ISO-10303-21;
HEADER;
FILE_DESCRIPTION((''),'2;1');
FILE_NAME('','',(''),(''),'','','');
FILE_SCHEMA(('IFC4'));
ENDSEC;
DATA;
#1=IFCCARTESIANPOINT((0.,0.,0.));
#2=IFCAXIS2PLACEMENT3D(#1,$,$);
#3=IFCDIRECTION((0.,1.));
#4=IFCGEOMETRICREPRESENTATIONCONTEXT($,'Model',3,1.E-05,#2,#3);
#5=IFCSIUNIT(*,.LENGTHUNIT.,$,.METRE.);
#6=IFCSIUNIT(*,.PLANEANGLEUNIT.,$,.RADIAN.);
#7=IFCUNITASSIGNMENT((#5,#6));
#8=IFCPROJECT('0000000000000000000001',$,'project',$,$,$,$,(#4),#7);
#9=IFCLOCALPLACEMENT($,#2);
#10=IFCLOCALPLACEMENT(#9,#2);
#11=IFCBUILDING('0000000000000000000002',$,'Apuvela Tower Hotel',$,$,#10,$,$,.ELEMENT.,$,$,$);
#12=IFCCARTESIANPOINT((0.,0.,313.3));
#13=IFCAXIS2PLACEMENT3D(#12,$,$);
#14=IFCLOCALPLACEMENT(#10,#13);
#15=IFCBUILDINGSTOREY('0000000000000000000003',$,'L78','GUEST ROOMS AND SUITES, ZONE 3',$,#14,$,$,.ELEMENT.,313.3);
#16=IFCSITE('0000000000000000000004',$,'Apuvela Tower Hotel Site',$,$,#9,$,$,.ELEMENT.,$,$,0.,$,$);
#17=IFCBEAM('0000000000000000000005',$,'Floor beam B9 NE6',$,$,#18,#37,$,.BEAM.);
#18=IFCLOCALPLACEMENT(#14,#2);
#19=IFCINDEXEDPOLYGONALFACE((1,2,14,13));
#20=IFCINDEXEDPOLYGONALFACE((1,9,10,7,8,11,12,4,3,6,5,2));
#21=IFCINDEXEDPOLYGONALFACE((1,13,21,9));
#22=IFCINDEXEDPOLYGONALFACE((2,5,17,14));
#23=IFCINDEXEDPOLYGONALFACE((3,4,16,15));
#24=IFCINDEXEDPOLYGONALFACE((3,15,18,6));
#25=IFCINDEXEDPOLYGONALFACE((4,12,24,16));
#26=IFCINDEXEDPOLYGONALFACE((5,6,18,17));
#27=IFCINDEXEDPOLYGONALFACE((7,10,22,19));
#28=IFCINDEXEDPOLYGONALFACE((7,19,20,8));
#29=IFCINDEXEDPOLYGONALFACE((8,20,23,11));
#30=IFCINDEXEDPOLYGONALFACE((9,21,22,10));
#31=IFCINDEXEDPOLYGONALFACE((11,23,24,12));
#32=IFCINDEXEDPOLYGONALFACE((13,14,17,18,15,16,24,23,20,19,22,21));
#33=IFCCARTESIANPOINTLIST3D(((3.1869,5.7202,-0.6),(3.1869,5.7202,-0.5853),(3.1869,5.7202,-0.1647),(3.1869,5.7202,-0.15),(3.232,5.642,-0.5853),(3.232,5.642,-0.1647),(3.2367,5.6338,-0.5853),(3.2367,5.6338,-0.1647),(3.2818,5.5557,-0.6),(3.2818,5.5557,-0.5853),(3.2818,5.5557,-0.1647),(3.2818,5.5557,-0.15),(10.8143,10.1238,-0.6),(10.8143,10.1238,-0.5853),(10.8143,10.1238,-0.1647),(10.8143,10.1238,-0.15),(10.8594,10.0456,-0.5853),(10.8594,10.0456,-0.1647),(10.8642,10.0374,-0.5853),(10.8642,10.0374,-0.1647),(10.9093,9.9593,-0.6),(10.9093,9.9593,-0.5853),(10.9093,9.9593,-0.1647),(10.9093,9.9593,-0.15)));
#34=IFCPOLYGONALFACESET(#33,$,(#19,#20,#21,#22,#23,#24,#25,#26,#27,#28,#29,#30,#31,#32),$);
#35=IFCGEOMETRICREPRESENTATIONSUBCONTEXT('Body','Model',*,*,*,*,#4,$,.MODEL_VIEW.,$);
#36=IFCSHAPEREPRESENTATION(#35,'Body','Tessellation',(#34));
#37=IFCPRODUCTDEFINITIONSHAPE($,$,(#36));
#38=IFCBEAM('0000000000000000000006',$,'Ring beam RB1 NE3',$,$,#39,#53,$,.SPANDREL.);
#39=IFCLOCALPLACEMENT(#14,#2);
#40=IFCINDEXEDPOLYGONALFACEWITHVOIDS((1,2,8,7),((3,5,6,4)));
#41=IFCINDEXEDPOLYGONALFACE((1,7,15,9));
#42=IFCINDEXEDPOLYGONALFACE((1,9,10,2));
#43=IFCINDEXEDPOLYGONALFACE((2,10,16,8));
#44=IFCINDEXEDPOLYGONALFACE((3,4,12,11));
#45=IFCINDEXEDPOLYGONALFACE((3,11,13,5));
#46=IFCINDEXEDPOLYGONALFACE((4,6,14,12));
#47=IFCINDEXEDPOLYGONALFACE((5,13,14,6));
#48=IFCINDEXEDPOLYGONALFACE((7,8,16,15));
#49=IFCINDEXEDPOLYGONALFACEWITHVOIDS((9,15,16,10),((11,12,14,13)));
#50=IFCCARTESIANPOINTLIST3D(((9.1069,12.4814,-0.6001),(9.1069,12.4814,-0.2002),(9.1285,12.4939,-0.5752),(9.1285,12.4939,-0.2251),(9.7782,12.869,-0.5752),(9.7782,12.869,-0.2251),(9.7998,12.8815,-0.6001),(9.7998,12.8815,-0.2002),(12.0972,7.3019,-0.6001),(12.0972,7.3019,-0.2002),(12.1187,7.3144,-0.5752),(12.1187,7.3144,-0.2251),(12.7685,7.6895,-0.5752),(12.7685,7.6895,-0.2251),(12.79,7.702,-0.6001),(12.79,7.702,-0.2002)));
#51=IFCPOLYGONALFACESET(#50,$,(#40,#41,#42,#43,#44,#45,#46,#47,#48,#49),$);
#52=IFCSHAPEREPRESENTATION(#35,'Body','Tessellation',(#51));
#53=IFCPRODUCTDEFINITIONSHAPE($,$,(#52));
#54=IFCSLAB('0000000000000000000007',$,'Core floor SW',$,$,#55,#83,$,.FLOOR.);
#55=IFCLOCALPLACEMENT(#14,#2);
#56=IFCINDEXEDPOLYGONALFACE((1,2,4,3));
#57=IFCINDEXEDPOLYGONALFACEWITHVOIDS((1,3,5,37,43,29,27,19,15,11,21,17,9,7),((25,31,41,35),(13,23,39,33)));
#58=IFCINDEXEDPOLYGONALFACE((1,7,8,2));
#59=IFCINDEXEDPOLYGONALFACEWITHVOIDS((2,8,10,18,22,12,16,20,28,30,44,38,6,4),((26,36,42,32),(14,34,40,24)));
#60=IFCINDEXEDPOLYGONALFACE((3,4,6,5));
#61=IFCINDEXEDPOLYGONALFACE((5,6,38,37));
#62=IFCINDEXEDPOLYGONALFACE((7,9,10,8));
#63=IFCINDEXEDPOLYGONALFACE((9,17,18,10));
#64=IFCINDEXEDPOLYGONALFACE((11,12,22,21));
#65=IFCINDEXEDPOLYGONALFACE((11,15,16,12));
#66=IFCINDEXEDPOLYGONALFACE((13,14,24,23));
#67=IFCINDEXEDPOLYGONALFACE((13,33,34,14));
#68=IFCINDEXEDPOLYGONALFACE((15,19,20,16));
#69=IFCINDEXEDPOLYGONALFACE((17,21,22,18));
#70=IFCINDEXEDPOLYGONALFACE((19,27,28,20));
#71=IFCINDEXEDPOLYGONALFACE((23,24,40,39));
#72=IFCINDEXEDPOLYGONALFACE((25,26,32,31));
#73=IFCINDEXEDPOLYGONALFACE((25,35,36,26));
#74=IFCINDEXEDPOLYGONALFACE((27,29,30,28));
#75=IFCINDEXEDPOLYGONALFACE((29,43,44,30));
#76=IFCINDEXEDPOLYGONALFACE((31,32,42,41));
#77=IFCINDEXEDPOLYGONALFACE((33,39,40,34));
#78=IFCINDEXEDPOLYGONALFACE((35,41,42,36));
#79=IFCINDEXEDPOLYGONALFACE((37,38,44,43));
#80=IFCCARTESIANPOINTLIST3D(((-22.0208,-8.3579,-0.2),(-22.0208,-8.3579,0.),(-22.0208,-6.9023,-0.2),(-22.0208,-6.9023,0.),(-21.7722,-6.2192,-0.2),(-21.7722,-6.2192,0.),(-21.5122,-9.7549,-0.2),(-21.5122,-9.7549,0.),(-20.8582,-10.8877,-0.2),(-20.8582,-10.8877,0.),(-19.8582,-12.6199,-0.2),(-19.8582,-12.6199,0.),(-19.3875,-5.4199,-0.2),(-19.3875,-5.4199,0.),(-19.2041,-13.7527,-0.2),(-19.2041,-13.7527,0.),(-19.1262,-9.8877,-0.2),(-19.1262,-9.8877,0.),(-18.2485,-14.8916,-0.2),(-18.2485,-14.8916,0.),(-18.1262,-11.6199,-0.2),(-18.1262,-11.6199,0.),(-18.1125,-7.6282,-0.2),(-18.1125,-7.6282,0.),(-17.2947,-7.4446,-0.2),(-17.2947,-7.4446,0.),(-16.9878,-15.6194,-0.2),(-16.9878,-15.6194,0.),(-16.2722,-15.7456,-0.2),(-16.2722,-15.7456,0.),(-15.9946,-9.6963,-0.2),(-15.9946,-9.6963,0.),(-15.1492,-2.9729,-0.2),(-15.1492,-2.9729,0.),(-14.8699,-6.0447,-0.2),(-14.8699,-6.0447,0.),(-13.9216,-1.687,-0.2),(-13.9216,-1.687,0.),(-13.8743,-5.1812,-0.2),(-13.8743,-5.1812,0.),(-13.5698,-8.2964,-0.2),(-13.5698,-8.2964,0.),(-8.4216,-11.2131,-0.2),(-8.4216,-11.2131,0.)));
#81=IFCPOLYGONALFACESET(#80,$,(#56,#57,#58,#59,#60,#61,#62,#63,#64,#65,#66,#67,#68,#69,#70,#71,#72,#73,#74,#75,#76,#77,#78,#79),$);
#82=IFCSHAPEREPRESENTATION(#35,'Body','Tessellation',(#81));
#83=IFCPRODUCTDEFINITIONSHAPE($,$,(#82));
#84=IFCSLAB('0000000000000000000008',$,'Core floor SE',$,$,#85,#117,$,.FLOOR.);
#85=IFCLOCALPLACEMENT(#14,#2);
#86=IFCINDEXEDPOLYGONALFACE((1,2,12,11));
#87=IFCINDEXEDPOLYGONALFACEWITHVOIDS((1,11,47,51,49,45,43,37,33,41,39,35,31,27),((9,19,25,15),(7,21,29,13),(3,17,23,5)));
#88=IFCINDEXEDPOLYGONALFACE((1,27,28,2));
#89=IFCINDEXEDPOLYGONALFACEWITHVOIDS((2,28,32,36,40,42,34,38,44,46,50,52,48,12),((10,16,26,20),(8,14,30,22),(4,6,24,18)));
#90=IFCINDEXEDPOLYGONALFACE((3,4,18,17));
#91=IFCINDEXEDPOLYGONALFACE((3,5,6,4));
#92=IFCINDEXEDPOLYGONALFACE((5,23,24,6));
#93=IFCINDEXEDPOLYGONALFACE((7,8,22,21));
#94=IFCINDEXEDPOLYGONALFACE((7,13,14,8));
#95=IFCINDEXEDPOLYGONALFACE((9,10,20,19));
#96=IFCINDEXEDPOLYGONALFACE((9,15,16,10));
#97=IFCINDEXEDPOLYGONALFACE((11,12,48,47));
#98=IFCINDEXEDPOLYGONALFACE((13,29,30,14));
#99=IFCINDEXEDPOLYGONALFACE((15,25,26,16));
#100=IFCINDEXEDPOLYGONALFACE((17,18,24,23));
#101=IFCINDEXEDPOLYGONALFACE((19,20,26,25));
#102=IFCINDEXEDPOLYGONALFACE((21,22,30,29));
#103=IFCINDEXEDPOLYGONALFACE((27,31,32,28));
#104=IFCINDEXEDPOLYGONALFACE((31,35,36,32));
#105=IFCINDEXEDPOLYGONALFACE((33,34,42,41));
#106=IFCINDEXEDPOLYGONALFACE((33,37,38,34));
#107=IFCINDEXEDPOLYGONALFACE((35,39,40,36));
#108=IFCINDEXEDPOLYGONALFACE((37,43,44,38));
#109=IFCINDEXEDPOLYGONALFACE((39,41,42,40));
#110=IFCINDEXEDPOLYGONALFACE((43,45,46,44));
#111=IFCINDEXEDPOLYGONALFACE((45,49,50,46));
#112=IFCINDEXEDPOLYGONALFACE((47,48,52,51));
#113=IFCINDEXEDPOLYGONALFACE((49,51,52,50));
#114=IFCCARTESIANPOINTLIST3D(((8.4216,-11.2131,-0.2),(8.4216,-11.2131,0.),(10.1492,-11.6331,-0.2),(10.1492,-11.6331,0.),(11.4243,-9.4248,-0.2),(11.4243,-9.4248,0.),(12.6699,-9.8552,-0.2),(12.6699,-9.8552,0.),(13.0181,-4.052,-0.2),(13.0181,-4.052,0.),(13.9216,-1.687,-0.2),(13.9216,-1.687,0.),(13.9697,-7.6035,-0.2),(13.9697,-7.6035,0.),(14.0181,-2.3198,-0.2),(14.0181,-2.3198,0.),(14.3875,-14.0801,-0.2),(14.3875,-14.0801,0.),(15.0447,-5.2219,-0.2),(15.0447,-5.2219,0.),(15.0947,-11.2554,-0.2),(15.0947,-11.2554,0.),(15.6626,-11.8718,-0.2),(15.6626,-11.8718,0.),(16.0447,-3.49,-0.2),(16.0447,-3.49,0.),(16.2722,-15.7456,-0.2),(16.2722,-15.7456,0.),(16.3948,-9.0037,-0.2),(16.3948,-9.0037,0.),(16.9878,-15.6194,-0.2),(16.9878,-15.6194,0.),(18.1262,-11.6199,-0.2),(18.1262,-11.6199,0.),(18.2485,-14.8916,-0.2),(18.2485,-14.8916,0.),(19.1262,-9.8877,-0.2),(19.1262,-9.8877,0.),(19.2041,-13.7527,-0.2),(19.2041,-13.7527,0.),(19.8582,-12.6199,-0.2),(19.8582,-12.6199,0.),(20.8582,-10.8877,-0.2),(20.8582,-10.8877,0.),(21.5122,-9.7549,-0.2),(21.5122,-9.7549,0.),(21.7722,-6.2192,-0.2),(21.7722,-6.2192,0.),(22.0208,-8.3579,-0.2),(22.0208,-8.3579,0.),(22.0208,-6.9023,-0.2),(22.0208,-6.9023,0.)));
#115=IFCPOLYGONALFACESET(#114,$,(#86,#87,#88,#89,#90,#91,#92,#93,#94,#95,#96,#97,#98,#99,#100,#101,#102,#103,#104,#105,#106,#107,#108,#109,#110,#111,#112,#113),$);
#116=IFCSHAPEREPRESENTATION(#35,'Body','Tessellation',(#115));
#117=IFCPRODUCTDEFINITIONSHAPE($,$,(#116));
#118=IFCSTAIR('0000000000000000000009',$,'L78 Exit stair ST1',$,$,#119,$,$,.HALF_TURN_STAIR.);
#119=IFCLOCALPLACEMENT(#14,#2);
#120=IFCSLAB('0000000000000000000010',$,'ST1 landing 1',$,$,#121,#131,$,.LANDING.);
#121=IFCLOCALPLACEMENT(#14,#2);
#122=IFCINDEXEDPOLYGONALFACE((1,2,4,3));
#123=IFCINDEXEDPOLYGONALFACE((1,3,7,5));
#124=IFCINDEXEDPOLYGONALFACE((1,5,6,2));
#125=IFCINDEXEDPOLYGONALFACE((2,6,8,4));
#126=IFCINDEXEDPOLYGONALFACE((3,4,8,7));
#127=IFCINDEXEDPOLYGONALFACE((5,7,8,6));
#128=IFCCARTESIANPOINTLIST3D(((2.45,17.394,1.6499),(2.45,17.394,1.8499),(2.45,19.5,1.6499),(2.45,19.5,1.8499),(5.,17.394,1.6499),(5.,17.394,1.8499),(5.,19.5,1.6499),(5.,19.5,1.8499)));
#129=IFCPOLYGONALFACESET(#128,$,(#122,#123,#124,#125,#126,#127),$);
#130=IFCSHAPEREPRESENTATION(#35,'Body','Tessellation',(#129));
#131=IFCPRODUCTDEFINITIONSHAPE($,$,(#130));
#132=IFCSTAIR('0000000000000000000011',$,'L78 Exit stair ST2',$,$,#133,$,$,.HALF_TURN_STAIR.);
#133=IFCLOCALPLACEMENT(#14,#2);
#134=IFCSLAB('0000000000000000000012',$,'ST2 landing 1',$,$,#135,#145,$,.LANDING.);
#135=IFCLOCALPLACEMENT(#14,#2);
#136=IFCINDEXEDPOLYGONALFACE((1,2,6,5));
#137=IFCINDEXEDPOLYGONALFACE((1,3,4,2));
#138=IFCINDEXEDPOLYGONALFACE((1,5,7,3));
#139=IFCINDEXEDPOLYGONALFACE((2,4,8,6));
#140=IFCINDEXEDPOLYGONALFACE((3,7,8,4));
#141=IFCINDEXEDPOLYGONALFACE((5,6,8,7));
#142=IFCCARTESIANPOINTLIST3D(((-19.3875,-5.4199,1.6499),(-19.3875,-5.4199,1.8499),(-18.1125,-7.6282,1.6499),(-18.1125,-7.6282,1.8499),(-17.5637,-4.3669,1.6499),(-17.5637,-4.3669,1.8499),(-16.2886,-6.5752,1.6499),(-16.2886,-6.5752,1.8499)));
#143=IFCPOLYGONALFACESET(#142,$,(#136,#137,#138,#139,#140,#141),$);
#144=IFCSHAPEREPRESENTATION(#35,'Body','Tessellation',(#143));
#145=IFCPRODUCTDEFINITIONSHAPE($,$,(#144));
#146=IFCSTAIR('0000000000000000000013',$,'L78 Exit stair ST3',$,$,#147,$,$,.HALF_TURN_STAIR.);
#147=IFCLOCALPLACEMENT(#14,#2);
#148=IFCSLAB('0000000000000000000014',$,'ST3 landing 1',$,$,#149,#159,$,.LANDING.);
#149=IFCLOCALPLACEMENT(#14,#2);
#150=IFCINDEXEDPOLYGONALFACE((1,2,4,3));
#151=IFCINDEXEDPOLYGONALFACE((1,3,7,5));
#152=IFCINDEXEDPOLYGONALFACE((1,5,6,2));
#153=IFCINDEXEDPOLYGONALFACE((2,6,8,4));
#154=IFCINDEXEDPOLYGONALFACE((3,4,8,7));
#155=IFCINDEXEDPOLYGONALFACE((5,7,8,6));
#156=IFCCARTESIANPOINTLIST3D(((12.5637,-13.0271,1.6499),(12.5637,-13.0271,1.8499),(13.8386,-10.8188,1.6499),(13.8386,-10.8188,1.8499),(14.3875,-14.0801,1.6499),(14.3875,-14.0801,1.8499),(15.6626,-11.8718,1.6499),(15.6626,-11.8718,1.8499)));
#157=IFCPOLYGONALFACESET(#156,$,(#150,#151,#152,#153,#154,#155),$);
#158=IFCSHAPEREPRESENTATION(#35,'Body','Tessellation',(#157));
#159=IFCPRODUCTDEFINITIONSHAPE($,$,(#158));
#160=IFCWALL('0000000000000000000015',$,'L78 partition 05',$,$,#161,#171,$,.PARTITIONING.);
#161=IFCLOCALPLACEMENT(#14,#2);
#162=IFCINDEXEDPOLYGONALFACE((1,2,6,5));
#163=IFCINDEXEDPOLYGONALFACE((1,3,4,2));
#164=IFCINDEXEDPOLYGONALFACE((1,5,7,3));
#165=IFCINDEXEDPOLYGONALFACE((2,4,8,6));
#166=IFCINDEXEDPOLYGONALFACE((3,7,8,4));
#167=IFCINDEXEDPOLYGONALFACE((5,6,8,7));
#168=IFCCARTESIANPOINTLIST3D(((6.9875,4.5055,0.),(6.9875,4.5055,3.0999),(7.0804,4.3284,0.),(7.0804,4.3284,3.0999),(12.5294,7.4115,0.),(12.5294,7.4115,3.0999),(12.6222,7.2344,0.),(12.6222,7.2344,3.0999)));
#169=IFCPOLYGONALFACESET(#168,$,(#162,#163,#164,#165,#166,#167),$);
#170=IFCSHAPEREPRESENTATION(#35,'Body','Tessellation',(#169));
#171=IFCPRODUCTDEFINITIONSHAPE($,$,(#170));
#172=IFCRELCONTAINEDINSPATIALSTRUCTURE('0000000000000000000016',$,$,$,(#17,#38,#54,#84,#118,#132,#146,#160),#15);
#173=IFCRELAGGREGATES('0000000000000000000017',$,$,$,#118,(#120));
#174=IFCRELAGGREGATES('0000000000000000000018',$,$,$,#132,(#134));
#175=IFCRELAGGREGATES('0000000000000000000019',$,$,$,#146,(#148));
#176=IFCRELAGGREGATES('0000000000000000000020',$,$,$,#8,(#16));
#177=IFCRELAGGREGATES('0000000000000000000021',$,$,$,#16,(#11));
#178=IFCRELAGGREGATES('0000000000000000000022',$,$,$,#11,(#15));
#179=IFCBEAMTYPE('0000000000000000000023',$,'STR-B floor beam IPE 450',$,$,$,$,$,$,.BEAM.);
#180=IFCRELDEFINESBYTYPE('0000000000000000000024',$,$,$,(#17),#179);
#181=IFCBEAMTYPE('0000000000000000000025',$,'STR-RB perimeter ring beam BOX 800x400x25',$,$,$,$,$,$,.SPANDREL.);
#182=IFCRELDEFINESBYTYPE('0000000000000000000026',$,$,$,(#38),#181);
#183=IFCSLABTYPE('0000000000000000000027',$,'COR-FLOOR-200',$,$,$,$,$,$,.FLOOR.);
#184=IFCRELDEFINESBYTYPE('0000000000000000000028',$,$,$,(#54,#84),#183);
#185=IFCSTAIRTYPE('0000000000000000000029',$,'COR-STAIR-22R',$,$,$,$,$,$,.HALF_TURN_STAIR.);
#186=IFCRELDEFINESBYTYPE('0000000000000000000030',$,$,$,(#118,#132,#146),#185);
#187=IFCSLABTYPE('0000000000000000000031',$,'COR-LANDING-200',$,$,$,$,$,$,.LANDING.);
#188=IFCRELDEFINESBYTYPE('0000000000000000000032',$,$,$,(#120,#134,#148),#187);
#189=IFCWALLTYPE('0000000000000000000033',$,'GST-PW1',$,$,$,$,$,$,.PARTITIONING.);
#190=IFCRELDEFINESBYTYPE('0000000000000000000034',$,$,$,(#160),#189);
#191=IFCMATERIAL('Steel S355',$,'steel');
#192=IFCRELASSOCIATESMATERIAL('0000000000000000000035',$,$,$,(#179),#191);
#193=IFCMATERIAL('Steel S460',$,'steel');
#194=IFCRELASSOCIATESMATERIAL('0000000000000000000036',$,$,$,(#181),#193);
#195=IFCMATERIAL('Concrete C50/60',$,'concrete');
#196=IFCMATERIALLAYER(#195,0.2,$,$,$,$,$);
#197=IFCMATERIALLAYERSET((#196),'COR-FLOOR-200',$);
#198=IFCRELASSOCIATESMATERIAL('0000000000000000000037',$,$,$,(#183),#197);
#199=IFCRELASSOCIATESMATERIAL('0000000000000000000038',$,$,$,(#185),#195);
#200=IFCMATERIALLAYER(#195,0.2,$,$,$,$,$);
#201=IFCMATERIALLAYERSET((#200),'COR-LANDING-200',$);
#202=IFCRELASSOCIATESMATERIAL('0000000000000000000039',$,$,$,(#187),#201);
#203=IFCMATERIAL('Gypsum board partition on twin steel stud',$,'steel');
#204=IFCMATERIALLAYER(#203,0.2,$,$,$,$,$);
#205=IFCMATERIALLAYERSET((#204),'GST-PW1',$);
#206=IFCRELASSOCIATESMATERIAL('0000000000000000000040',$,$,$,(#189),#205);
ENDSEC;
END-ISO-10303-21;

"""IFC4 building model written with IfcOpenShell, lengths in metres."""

from ifc_helpers import new_model, si_unit, direction, frame, frame_2d, origin, origin_2d, place, context, subcontext, project, spatial, polyline, rectangle, hollow_rectangle, i_section, outline, extrude, material, layer, layer_set, material_profile, profile_set, type_object, element, aggregate, save


model = new_model("IFC4")

# Units and contexts
model_context = context("Model", 3, precision=1e-05, world=origin(), true_north=direction((0.0, 1.0)))
body_context = subcontext(model_context, "Body", "Model", "MODEL_VIEW")
ifc_project = project(units=[si_unit("LENGTHUNIT", "METRE"), si_unit("PLANEANGLEUNIT", "RADIAN")], contexts=[model_context])

# Site, building, storey
site_placement = place(None, origin())
site = spatial("IfcSite", under=ifc_project, at=site_placement, Name="Apuvela Tower Hotel Site", CompositionType="ELEMENT", RefElevation=0.0)
building_placement = place(site_placement, origin())
building = spatial("IfcBuilding", under=site, at=building_placement, Name="Apuvela Tower Hotel", CompositionType="ELEMENT")
storey_placement = place(building_placement, frame((0.0, 0.0, 313.3)))
storey = spatial("IfcBuildingStorey", under=building, at=storey_placement, Name="L78", Description="GUEST ROOMS AND SUITES, ZONE 3", CompositionType="ELEMENT", Elevation=313.3)

# Beams
ifc_material_1 = material(Name="Steel S355", Category="steel")
ifc_material_profile_1 = material_profile(ifc_material_1, i_section(OverallWidth=0.1899, OverallDepth=0.45, WebThickness=0.0095, FlangeThickness=0.0146, at=origin_2d()), Name="IPE 450")
ifc_profile_set_1 = profile_set([ifc_material_profile_1], Name="Steel S355")
beam_type_1 = type_object("IfcBeamType", Name="STR-B floor beam IPE 450", PredefinedType="BEAM", material=ifc_profile_set_1)
beam_1_placement = place(storey_placement, frame((10.8618, 10.0415, -0.375), z_axis=(-0.866032, -0.499988, 0.0), x_axis=(0.499988, -0.866032, 0.0)))
element("IfcBeam", 1, at=beam_1_placement, inside=storey, type_object=beam_type_1, Name="Floor beam B9 NE6", PredefinedType="BEAM", context=body_context, shape_type="SweptSolid", body=[
    extrude(i_section(OverallWidth=0.1899, OverallDepth=0.45, WebThickness=0.0095, FlangeThickness=0.0146, at=origin_2d()), origin(), (0.0, 0.0, 1.0), 8.8074),
])
ifc_material_2 = material(Name="Steel S460", Category="steel")
ifc_material_profile_2 = material_profile(ifc_material_2, hollow_rectangle(XDim=0.8, YDim=0.3999, WallThickness=0.0249, at=origin_2d()), Name="BOX 800x400x25")
ifc_profile_set_2 = profile_set([ifc_material_profile_2], Name="Steel S460")
beam_type_2 = type_object("IfcBeamType", Name="STR-RB perimeter ring beam BOX 800x400x25", PredefinedType="SPANDREL", material=ifc_profile_set_2)
beam_2_placement = place(storey_placement, frame((12.4436, 7.502, -0.4001), z_axis=(-0.499985, 0.866034, 0.0), x_axis=(-0.866034, -0.499985, 0.0)))
element("IfcBeam", 2, at=beam_2_placement, inside=storey, type_object=beam_type_2, Name="Ring beam RB1 NE3", PredefinedType="SPANDREL", context=body_context, shape_type="SweptSolid", body=[
    extrude(hollow_rectangle(XDim=0.8, YDim=0.3999, WallThickness=0.0249, at=origin_2d()), origin(), (0.0, 0.0, 1.0), 5.9807),
])

# Slabs
ifc_material_3 = material(Name="Concrete C50/60", Category="concrete")
ifc_layer_1 = layer(ifc_material_3, 0.2)
ifc_layer_set_1 = layer_set([ifc_layer_1], Name="COR-FLOOR-200")
slab_type_1 = type_object("IfcSlabType", Name="COR-FLOOR-200", PredefinedType="FLOOR", material=ifc_layer_set_1)
slab_1_placement = place(storey_placement, frame((0.0, 0.0, -0.2)))
element("IfcSlab", 3, at=slab_1_placement, inside=storey, type_object=slab_type_1, Name="Core floor SW", PredefinedType="FLOOR", context=body_context, shape_type="SweptSolid", body=[
    extrude(outline(polyline([(-21.7722, -6.2192), (-22.0208, -6.9023), (-22.0208, -8.3579), (-21.5122, -9.7549), (-20.8582, -10.8877), (-19.1262, -9.8877), (-18.1262, -11.6199), (-19.8582, -12.6199), (-19.2041, -13.7527), (-18.2485, -14.8916), (-16.9878, -15.6194), (-16.2722, -15.7456), (-8.4216, -11.2131), (-13.9216, -1.687), (-21.7722, -6.2192)]), holes=[polyline([(-13.8743, -5.1812), (-18.1125, -7.6282), (-19.3875, -5.4199), (-15.1492, -2.9729), (-13.8743, -5.1812)]), polyline([(-13.5698, -8.2964), (-15.9946, -9.6963), (-17.2947, -7.4446), (-14.8699, -6.0447), (-13.5698, -8.2964)])]), origin(), (0.0, 0.0, 1.0), 0.2),
])
slab_2_placement = place(storey_placement, frame((0.0, 0.0, -0.2)))
element("IfcSlab", 4, at=slab_2_placement, inside=storey, type_object=slab_type_1, Name="Core floor SE", PredefinedType="FLOOR", context=body_context, shape_type="SweptSolid", body=[
    extrude(outline(polyline([(16.2722, -15.7456), (16.9878, -15.6194), (18.2485, -14.8916), (19.2041, -13.7527), (19.8582, -12.6199), (18.1262, -11.6199), (19.1262, -9.8877), (20.8582, -10.8877), (21.5122, -9.7549), (22.0208, -8.3579), (22.0208, -6.9023), (21.7722, -6.2192), (13.9216, -1.687), (8.4216, -11.2131), (16.2722, -15.7456)]), holes=[polyline([(14.0181, -2.3198), (16.0447, -3.49), (15.0447, -5.2219), (13.0181, -4.052), (14.0181, -2.3198)]), polyline([(10.1492, -11.6331), (11.4243, -9.4248), (15.6626, -11.8718), (14.3875, -14.0801), (10.1492, -11.6331)]), polyline([(12.6699, -9.8552), (13.9697, -7.6035), (16.3948, -9.0037), (15.0947, -11.2554), (12.6699, -9.8552)])]), origin(), (0.0, 0.0, 1.0), 0.2),
])

# Stairs, slabs
stair_type = type_object("IfcStairType", Name="COR-STAIR-22R", PredefinedType="HALF_TURN_STAIR", material=ifc_material_3)
stair_1_placement = place(storey_placement, origin())
stair_1 = element("IfcStair", 5, at=stair_1_placement, inside=storey, type_object=stair_type, Name="L78 Exit stair ST1", PredefinedType="HALF_TURN_STAIR")
ifc_layer_2 = layer(ifc_material_3, 0.2)
ifc_layer_set_2 = layer_set([ifc_layer_2], Name="COR-LANDING-200")
slab_type_2 = type_object("IfcSlabType", Name="COR-LANDING-200", PredefinedType="LANDING", material=ifc_layer_set_2)
slab_3_placement = place(storey_placement, frame((0.0, 0.0, 1.6499)))
slab_3 = element("IfcSlab", 6, at=slab_3_placement, type_object=slab_type_2, Name="ST1 landing 1", PredefinedType="LANDING", context=body_context, shape_type="SweptSolid", body=[
    extrude(outline(polyline([(5.0, 17.394), (5.0, 19.5), (2.45, 19.5), (2.45, 17.394), (5.0, 17.394)])), origin(), (0.0, 0.0, 1.0), 0.2),
])
aggregate(stair_1, [slab_3])
stair_2_placement = place(storey_placement, origin())
stair_2 = element("IfcStair", 7, at=stair_2_placement, inside=storey, type_object=stair_type, Name="L78 Exit stair ST2", PredefinedType="HALF_TURN_STAIR")
slab_4_placement = place(storey_placement, frame((0.0, 0.0, 1.6499)))
slab_4 = element("IfcSlab", 8, at=slab_4_placement, type_object=slab_type_2, Name="ST2 landing 1", PredefinedType="LANDING", context=body_context, shape_type="SweptSolid", body=[
    extrude(outline(polyline([(-17.5637, -4.3669), (-19.3875, -5.4199), (-18.1125, -7.6282), (-16.2886, -6.5752), (-17.5637, -4.3669)])), origin(), (0.0, 0.0, 1.0), 0.2),
])
aggregate(stair_2, [slab_4])
stair_3_placement = place(storey_placement, origin())
stair_3 = element("IfcStair", 9, at=stair_3_placement, inside=storey, type_object=stair_type, Name="L78 Exit stair ST3", PredefinedType="HALF_TURN_STAIR")
slab_5_placement = place(storey_placement, frame((0.0, 0.0, 1.6499)))
slab_5 = element("IfcSlab", 10, at=slab_5_placement, type_object=slab_type_2, Name="ST3 landing 1", PredefinedType="LANDING", context=body_context, shape_type="SweptSolid", body=[
    extrude(outline(polyline([(12.5637, -13.0271), (14.3875, -14.0801), (15.6626, -11.8718), (13.8386, -10.8188), (12.5637, -13.0271)])), origin(), (0.0, 0.0, 1.0), 0.2),
])
aggregate(stair_3, [slab_5])

# Wall
ifc_material_4 = material(Name="Gypsum board partition on twin steel stud", Category="steel")
ifc_layer_3 = layer(ifc_material_4, 0.2)
ifc_layer_set_3 = layer_set([ifc_layer_3], Name="GST-PW1")
wall_type_1 = type_object("IfcWallType", Name="GST-PW1", PredefinedType="PARTITIONING", material=ifc_layer_set_3)
wall_1_placement = place(storey_placement, frame((12.5759, 7.323, 0.0), z_axis=(0.0, 0.0, 1.0), x_axis=(-0.885631, -0.46439, 0.0)))
element("IfcWall", 11, at=wall_1_placement, inside=storey, type_object=wall_type_1, Name="L78 partition 05", PredefinedType="PARTITIONING", context=body_context, shape_type="SweptSolid", body=[
    extrude(rectangle(XDim=6.2576, YDim=0.2, at=frame_2d((3.1289, 0.0))), origin(), (0.0, 0.0, 1.0), 3.0999),
])

save(model, "model.ifc")
